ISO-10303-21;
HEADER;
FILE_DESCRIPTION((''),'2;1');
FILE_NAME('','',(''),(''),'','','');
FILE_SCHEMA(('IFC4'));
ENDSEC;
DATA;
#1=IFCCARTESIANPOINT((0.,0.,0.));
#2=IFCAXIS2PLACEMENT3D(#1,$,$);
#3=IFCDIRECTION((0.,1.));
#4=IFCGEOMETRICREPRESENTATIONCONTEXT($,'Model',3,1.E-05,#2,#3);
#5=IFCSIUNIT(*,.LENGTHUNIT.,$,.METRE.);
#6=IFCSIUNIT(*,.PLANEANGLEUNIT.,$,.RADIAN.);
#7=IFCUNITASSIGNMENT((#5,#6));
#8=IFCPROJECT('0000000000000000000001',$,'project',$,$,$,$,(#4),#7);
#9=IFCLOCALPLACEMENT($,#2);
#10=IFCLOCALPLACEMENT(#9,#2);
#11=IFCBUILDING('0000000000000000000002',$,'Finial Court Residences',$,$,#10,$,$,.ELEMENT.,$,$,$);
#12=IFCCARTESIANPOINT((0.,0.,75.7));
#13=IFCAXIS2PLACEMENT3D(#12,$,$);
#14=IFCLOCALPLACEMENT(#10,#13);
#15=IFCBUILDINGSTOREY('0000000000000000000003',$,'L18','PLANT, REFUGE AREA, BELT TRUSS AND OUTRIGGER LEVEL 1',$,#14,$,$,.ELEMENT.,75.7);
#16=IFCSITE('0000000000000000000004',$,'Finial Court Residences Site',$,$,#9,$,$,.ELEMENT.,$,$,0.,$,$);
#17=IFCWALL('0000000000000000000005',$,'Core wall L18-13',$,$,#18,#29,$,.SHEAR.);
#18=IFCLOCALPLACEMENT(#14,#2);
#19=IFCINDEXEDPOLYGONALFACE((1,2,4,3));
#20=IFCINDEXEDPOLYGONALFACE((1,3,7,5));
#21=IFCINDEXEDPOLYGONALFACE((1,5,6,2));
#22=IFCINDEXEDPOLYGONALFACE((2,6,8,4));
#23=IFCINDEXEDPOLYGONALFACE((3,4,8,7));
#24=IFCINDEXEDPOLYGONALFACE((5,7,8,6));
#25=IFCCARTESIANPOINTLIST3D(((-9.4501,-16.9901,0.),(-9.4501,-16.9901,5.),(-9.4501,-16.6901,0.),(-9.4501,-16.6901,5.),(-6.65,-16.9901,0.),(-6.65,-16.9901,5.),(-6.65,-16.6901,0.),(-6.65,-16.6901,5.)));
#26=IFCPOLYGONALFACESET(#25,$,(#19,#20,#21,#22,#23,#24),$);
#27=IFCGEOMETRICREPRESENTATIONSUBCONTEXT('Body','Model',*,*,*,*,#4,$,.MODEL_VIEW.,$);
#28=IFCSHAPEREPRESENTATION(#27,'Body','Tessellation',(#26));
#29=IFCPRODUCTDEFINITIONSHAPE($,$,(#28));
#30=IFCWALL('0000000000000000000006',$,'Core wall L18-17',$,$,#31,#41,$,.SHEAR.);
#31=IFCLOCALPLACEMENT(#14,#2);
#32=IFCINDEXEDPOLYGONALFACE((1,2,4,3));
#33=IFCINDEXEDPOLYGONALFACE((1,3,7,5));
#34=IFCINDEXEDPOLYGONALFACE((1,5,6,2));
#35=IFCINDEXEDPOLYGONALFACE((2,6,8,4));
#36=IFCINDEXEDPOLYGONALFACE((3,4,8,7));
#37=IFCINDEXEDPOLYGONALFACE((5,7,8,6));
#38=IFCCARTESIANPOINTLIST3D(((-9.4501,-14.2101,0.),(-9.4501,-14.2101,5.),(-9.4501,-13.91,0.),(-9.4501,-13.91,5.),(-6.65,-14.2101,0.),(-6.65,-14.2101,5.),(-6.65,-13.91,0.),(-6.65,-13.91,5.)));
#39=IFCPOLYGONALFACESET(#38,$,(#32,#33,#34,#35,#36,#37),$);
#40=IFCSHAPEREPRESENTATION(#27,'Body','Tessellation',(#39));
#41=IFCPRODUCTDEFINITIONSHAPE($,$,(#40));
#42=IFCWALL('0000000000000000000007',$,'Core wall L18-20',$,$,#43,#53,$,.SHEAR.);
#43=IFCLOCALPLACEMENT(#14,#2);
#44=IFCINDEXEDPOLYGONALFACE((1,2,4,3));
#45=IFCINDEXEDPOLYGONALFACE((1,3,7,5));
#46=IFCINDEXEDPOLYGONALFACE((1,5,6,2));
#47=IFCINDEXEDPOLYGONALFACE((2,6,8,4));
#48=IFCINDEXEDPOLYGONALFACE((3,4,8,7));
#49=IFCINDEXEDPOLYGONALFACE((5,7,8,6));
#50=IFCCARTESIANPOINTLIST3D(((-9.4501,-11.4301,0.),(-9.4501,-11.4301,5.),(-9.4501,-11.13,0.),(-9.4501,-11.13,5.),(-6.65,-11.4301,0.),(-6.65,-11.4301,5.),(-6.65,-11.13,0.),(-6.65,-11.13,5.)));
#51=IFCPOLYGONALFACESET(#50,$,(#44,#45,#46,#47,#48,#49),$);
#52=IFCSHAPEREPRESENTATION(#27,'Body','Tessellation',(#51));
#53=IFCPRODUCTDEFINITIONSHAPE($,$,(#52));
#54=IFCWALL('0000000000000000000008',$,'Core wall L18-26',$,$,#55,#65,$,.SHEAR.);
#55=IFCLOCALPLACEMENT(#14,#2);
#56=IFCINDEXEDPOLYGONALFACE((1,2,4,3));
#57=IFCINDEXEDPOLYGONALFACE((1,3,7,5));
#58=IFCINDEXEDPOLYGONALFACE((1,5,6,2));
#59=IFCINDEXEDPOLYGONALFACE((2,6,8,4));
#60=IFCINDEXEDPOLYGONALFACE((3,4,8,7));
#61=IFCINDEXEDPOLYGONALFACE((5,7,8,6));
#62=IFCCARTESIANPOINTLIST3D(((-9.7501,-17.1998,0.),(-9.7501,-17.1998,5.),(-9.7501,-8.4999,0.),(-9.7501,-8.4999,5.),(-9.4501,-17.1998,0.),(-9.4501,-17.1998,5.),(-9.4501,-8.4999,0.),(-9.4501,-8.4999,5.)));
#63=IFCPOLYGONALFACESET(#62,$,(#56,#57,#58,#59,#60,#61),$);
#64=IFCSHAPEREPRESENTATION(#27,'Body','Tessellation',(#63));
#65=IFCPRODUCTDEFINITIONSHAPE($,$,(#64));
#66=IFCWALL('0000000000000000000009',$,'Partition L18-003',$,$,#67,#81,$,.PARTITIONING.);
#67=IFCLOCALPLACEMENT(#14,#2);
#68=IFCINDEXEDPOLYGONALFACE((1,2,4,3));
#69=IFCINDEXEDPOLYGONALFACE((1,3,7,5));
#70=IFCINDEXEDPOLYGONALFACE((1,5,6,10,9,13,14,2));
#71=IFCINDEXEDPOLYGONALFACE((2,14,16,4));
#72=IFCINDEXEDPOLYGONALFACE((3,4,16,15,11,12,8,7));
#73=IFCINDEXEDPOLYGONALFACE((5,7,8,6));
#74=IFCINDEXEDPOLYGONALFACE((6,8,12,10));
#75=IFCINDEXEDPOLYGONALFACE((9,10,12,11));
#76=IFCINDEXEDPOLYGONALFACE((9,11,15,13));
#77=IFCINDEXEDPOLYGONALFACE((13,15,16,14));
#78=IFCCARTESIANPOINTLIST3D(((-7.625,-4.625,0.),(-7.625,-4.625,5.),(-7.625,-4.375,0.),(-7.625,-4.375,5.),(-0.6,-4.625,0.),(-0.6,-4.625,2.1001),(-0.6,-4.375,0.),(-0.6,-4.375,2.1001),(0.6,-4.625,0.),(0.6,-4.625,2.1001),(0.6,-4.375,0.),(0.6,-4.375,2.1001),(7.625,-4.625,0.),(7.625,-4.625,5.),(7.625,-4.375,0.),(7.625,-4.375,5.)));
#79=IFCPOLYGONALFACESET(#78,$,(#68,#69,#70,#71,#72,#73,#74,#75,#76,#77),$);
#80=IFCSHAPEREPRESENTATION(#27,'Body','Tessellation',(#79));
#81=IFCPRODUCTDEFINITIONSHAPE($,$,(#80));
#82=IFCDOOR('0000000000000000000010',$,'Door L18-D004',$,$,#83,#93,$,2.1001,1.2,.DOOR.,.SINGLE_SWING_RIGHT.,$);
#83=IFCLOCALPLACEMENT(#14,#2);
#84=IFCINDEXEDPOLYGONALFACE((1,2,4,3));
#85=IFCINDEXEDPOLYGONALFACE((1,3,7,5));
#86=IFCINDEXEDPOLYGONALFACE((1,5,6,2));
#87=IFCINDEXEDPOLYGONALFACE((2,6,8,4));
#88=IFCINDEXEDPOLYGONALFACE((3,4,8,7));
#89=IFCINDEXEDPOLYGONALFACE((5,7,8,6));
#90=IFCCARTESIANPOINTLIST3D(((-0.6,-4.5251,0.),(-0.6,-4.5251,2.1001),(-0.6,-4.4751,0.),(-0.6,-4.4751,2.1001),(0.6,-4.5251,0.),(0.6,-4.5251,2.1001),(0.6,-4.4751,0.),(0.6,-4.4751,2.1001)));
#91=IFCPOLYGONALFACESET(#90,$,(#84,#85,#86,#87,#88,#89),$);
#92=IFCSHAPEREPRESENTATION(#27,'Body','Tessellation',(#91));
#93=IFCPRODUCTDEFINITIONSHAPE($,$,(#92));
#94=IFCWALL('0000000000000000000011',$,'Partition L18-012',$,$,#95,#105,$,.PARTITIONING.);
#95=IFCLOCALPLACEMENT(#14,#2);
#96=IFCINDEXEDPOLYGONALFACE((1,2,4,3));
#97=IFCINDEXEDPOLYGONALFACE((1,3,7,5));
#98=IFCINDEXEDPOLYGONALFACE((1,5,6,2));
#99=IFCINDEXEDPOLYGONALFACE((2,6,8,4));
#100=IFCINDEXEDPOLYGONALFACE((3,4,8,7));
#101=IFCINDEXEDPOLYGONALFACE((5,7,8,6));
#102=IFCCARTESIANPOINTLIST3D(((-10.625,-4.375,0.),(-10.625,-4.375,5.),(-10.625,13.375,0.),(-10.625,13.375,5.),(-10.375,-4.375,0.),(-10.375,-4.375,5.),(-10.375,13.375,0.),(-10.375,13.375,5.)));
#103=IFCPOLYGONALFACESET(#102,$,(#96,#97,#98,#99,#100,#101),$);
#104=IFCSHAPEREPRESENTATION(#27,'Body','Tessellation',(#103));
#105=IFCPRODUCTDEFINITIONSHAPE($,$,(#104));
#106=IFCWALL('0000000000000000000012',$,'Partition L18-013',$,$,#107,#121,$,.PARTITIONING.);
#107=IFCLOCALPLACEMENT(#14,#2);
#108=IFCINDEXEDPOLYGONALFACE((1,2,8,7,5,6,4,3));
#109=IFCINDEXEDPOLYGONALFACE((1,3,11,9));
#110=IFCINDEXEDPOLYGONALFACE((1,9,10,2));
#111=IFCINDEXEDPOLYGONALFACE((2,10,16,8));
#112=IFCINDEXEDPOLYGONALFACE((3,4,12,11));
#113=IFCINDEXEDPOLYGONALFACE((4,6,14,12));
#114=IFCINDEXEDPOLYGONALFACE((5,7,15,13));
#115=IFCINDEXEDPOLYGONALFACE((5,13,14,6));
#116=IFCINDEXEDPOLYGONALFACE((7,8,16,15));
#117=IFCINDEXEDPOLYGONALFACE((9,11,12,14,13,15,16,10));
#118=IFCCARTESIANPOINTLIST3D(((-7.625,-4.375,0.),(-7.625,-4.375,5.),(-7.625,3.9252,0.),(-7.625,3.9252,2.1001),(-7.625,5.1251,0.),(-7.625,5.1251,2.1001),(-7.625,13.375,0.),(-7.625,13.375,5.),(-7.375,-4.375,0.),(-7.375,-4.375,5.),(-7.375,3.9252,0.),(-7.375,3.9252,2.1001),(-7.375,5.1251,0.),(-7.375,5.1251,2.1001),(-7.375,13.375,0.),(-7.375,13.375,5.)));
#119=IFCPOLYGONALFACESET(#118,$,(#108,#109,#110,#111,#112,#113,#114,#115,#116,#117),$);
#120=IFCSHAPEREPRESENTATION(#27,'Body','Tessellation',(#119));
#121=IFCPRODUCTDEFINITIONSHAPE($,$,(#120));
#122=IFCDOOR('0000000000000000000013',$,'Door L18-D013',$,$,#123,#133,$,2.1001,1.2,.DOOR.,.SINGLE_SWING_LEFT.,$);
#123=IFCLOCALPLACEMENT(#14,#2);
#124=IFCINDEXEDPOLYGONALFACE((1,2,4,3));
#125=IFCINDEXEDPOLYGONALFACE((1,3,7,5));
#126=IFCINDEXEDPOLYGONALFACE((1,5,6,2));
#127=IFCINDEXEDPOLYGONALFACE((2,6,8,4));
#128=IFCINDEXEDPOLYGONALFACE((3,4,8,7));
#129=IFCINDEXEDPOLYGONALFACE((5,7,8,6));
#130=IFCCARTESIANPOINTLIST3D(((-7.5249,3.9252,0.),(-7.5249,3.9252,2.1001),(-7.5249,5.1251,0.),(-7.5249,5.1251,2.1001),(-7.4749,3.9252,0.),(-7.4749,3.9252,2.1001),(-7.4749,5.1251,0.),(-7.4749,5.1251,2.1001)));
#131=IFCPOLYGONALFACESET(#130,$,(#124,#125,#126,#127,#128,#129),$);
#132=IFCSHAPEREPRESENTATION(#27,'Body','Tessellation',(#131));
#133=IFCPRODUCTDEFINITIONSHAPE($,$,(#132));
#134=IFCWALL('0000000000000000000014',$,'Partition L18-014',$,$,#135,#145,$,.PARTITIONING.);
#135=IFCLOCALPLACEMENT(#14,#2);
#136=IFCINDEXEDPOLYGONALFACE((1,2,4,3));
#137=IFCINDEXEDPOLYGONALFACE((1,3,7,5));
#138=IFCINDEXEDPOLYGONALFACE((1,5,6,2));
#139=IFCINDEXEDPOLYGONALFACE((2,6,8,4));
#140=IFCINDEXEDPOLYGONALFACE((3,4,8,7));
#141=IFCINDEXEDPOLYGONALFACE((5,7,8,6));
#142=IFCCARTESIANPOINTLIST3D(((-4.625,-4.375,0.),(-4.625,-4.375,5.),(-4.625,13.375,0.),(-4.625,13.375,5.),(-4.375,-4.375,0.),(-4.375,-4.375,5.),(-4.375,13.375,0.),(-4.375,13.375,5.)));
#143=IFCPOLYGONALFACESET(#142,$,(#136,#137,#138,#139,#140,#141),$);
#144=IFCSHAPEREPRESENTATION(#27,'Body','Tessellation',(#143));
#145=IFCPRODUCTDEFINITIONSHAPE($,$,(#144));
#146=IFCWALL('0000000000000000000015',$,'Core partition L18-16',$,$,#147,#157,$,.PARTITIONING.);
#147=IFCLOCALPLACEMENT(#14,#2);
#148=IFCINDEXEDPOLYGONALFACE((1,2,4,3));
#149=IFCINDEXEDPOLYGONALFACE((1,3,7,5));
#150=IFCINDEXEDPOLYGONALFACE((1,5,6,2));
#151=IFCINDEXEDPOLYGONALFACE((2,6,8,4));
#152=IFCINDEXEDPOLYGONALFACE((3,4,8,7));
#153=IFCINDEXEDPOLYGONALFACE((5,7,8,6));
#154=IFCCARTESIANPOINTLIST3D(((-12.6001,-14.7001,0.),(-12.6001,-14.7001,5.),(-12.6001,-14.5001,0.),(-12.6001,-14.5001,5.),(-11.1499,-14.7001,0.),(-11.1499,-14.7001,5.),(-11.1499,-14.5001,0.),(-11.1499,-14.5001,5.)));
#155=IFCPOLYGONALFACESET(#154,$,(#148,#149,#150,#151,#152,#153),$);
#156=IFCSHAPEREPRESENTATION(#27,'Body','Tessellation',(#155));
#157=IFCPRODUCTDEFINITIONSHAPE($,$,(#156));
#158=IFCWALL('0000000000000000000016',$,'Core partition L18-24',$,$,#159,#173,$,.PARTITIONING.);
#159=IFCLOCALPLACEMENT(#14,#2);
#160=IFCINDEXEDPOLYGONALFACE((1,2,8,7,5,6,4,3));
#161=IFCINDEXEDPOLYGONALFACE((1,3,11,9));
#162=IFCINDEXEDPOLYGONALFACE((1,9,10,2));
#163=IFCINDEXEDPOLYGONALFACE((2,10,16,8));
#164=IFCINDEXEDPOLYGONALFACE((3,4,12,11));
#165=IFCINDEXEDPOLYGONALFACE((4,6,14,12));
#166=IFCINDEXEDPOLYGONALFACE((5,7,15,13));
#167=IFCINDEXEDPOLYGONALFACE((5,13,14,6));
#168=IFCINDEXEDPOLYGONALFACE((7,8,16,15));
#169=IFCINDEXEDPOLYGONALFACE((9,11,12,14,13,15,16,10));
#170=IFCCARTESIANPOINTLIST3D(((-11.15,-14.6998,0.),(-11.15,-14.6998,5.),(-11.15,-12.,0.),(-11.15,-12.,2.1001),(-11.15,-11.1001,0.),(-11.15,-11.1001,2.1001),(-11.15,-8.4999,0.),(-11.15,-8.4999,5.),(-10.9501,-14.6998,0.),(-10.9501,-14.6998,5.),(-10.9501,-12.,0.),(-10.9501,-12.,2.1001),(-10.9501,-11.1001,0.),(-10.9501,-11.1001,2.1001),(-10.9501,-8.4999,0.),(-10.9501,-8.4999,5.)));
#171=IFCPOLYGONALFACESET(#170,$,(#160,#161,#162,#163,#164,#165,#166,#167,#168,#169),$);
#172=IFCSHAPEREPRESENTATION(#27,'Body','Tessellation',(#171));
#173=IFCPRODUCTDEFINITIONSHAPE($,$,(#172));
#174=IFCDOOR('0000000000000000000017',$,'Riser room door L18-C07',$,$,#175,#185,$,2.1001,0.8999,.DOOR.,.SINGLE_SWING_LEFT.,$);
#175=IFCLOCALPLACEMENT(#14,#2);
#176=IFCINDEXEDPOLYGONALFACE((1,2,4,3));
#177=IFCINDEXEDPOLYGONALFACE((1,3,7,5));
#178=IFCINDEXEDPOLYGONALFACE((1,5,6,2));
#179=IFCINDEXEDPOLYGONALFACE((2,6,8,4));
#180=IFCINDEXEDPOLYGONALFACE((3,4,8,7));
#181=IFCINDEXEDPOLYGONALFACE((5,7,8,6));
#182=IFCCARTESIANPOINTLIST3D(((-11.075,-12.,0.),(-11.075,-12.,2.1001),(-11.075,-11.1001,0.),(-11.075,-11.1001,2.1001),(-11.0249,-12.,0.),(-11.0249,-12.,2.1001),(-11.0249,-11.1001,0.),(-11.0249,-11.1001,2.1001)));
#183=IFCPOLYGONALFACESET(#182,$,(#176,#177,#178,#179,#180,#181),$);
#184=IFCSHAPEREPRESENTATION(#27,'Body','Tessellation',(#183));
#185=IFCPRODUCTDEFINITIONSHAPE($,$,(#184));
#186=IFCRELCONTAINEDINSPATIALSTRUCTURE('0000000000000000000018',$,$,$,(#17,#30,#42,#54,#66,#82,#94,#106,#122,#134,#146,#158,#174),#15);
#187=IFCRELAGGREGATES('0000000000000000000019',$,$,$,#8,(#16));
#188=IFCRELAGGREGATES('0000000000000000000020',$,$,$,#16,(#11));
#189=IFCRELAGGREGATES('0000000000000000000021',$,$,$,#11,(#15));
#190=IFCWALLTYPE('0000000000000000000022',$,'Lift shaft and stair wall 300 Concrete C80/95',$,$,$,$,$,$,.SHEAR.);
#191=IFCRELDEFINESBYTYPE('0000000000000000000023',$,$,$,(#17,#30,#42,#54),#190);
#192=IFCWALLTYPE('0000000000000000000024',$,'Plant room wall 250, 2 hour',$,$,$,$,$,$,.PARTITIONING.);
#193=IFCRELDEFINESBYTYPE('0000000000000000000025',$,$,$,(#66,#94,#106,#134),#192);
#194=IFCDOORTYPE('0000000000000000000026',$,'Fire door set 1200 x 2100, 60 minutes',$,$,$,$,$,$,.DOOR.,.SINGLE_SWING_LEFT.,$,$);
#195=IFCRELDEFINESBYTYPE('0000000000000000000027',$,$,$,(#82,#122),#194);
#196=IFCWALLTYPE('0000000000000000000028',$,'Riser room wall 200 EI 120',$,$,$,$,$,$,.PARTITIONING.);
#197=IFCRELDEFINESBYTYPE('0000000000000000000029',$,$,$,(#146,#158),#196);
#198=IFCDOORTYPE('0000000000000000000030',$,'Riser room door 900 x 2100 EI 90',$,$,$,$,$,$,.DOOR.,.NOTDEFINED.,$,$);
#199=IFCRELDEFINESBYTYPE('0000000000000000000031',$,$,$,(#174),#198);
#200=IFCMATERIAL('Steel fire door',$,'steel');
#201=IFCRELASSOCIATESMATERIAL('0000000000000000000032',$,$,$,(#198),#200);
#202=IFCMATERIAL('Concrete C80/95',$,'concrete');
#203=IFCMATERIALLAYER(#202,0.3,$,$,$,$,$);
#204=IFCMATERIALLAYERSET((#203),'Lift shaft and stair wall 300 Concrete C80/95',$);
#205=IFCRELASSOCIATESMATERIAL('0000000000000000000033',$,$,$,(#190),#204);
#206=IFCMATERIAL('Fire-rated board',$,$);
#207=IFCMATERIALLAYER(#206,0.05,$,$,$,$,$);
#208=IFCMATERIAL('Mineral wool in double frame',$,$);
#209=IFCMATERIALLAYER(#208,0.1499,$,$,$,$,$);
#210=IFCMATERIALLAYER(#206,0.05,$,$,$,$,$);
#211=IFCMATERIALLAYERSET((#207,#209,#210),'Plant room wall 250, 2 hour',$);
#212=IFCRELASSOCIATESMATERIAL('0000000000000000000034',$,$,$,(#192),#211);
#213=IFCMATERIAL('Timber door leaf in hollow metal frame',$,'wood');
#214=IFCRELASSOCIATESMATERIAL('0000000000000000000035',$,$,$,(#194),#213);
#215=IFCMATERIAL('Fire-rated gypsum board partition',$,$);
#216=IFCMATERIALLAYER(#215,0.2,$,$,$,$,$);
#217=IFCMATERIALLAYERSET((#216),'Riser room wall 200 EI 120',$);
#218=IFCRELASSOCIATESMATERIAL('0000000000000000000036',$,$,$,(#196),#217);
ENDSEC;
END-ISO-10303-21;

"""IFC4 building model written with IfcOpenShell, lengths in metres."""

from ifc_helpers import new_model, si_unit, direction, frame, frame_2d, origin, place, context, subcontext, project, spatial, rectangle, extrude, material, layer, layer_set, type_object, element, fill, save


model = new_model("IFC4")

# Units and contexts
model_context = context("Model", 3, precision=1e-05, world=origin(), true_north=direction((0.0, 1.0)))
body_context = subcontext(model_context, "Body", "Model", "MODEL_VIEW")
ifc_project = project(units=[si_unit("LENGTHUNIT", "METRE"), si_unit("PLANEANGLEUNIT", "RADIAN")], contexts=[model_context])

# Site, building, storey
site_placement = place(None, origin())
site = spatial("IfcSite", under=ifc_project, at=site_placement, Name="Finial Court Residences Site", CompositionType="ELEMENT", RefElevation=0.0)
building_placement = place(site_placement, origin())
building = spatial("IfcBuilding", under=site, at=building_placement, Name="Finial Court Residences", CompositionType="ELEMENT")
storey_placement = place(building_placement, frame((0.0, 0.0, 75.7)))
storey = spatial("IfcBuildingStorey", under=building, at=storey_placement, Name="L18", Description="PLANT, REFUGE AREA, BELT TRUSS AND OUTRIGGER LEVEL 1", CompositionType="ELEMENT", Elevation=75.7)

# Shared definitions
ifc_material_1 = material(Name="Concrete C80/95", Category="concrete")

# Shared definitions
ifc_material_2 = material(Name="Steel fire door", Category="steel")
door_type_1 = type_object("IfcDoorType", Name="Riser room door 900 x 2100 EI 90", OperationType="NOTDEFINED", PredefinedType="DOOR", material=ifc_material_2)

# Walls
ifc_layer_1 = layer(ifc_material_1, 0.3)
ifc_layer_set_1 = layer_set([ifc_layer_1], Name="Lift shaft and stair wall 300 Concrete C80/95")
wall_type_1 = type_object("IfcWallType", Name="Lift shaft and stair wall 300 Concrete C80/95", PredefinedType="SHEAR", material=ifc_layer_set_1)
for number, where, z_axis, x_axis, name in (
    (1, (-9.45, -16.8401, 0.0), (0.0, 0.0, 1.0), (1.0, 0.0, 0.0), "Core wall L18-13"),
    (2, (-9.45, -14.0601, 0.0), (0.0, 0.0, 1.0), (1.0, 0.0, 0.0), "Core wall L18-17"),
    (3, (-9.45, -11.28, 0.0), (0.0, 0.0, 1.0), (1.0, 0.0, 0.0), "Core wall L18-20"),
):
    element("IfcWall", number, at=place(storey_placement, frame(where, z_axis=z_axis, x_axis=x_axis)), inside=storey, type_object=wall_type_1, Name=name, PredefinedType="SHEAR", context=body_context, shape_type="SweptSolid", body=[
        extrude(rectangle(XDim=2.8, YDim=0.3, at=frame_2d((1.3999, 0.0))), origin(), (0.0, 0.0, 1.0), 5.0),
    ])
wall_1_placement = place(storey_placement, frame((-9.6001, -17.2, 0.0), z_axis=(0.0, 0.0, 1.0), x_axis=(0.0, 1.0, 0.0)))
element("IfcWall", 4, at=wall_1_placement, inside=storey, type_object=wall_type_1, Name="Core wall L18-26", PredefinedType="SHEAR", context=body_context, shape_type="SweptSolid", body=[
    extrude(rectangle(XDim=8.7, YDim=0.3, at=frame_2d((4.3501, 0.0))), origin(), (0.0, 0.0, 1.0), 5.0),
])

# Wall, opening, door
ifc_material_3 = material(Name="Fire-rated board")
ifc_layer_2 = layer(ifc_material_3, 0.05)
ifc_material_4 = material(Name="Mineral wool in double frame")
ifc_layer_3 = layer(ifc_material_4, 0.1499)
ifc_layer_4 = layer(ifc_material_3, 0.05)
ifc_layer_set_2 = layer_set([ifc_layer_2, ifc_layer_3, ifc_layer_4], Name="Plant room wall 250, 2 hour")
wall_type_2 = type_object("IfcWallType", Name="Plant room wall 250, 2 hour", PredefinedType="PARTITIONING", material=ifc_layer_set_2)
wall_2_placement = place(storey_placement, frame((-7.625, -4.5, 0.0), z_axis=(0.0, 0.0, 1.0), x_axis=(1.0, 0.0, 0.0)))
wall_2 = element("IfcWall", 5, at=wall_2_placement, inside=storey, type_object=wall_type_2, Name="Partition L18-003", PredefinedType="PARTITIONING", context=body_context, shape_type="SweptSolid", body=[
    extrude(rectangle(XDim=15.25, YDim=0.25, at=frame_2d((7.625, 0.0))), origin(), (0.0, 0.0, 1.0), 5.0),
])
opening_1_placement = place(wall_2_placement, frame((7.0249, 0.0, 0.0)))
opening_1 = element("IfcOpeningElement", 6, at=opening_1_placement, cuts=wall_2, PredefinedType="OPENING", context=body_context, shape_type="SweptSolid", body=[
    extrude(rectangle(XDim=1.2, YDim=2.1001, at=frame_2d((0.6001, 1.05))), frame((0.0, 0.135, 0.0), z_axis=(0.0, -1.0, 0.0), x_axis=(1.0, 0.0, 0.0)), (0.0, 0.0, 1.0), 0.27),
])
ifc_material_5 = material(Name="Timber door leaf in hollow metal frame", Category="wood")
door_type_2 = type_object("IfcDoorType", Name="Fire door set 1200 x 2100, 60 minutes", OperationType="SINGLE_SWING_LEFT", PredefinedType="DOOR", material=ifc_material_5)
door_1_placement = place(opening_1_placement, origin())
door_1 = element("IfcDoor", 7, at=door_1_placement, inside=storey, type_object=door_type_2, Name="Door L18-D004", OperationType="SINGLE_SWING_RIGHT", OverallHeight=2.1001, OverallWidth=1.2, PredefinedType="DOOR", context=body_context, shape_type="SweptSolid", body=[
    extrude(rectangle(XDim=1.2, YDim=2.1001, at=frame_2d((0.6001, 1.05))), frame((0.0, 0.0249, 0.0), z_axis=(0.0, -1.0, 0.0), x_axis=(1.0, 0.0, 0.0)), (0.0, 0.0, 1.0), 0.05),
])
fill(opening_1, door_1)

# Wall
wall_3_placement = place(storey_placement, frame((-10.5, -4.375, 0.0), z_axis=(0.0, 0.0, 1.0), x_axis=(0.0, 1.0, 0.0)))
element("IfcWall", 8, at=wall_3_placement, inside=storey, type_object=wall_type_2, Name="Partition L18-012", PredefinedType="PARTITIONING", context=body_context, shape_type="SweptSolid", body=[
    extrude(rectangle(XDim=17.75, YDim=0.25, at=frame_2d((8.875, 0.0))), origin(), (0.0, 0.0, 1.0), 5.0),
])

# Wall, opening, door
wall_4_placement = place(storey_placement, frame((-7.5, -4.375, 0.0), z_axis=(0.0, 0.0, 1.0), x_axis=(0.0, 1.0, 0.0)))
wall_4 = element("IfcWall", 9, at=wall_4_placement, inside=storey, type_object=wall_type_2, Name="Partition L18-013", PredefinedType="PARTITIONING", context=body_context, shape_type="SweptSolid", body=[
    extrude(rectangle(XDim=17.75, YDim=0.25, at=frame_2d((8.875, 0.0))), origin(), (0.0, 0.0, 1.0), 5.0),
])
opening_2_placement = place(wall_4_placement, frame((8.3, 0.0, 0.0)))
opening_2 = element("IfcOpeningElement", 10, at=opening_2_placement, cuts=wall_4, PredefinedType="OPENING", context=body_context, shape_type="SweptSolid", body=[
    extrude(rectangle(XDim=1.2, YDim=2.1001, at=frame_2d((0.6001, 1.05))), frame((0.0, 0.135, 0.0), z_axis=(0.0, -1.0, 0.0), x_axis=(1.0, 0.0, 0.0)), (0.0, 0.0, 1.0), 0.27),
])
door_2_placement = place(opening_2_placement, origin())
door_2 = element("IfcDoor", 11, at=door_2_placement, inside=storey, type_object=door_type_2, Name="Door L18-D013", OperationType="SINGLE_SWING_LEFT", OverallHeight=2.1001, OverallWidth=1.2, PredefinedType="DOOR", context=body_context, shape_type="SweptSolid", body=[
    extrude(rectangle(XDim=1.2, YDim=2.1001, at=frame_2d((0.6001, 1.05))), frame((0.0, 0.0249, 0.0), z_axis=(0.0, -1.0, 0.0), x_axis=(1.0, 0.0, 0.0)), (0.0, 0.0, 1.0), 0.05),
])
fill(opening_2, door_2)

# Walls
wall_5_placement = place(storey_placement, frame((-4.5, -4.375, 0.0), z_axis=(0.0, 0.0, 1.0), x_axis=(0.0, 1.0, 0.0)))
element("IfcWall", 12, at=wall_5_placement, inside=storey, type_object=wall_type_2, Name="Partition L18-014", PredefinedType="PARTITIONING", context=body_context, shape_type="SweptSolid", body=[
    extrude(rectangle(XDim=17.75, YDim=0.25, at=frame_2d((8.875, 0.0))), origin(), (0.0, 0.0, 1.0), 5.0),
])
ifc_material_6 = material(Name="Fire-rated gypsum board partition")
ifc_layer_5 = layer(ifc_material_6, 0.2)
ifc_layer_set_3 = layer_set([ifc_layer_5], Name="Riser room wall 200 EI 120")
wall_type_3 = type_object("IfcWallType", Name="Riser room wall 200 EI 120", PredefinedType="PARTITIONING", material=ifc_layer_set_3)
wall_6_placement = place(storey_placement, frame((-12.6001, -14.6001, 0.0), z_axis=(0.0, 0.0, 1.0), x_axis=(1.0, 0.0, 0.0)))
element("IfcWall", 13, at=wall_6_placement, inside=storey, type_object=wall_type_3, Name="Core partition L18-16", PredefinedType="PARTITIONING", context=body_context, shape_type="SweptSolid", body=[
    extrude(rectangle(XDim=1.4502, YDim=0.2, at=frame_2d((0.7251, 0.0))), origin(), (0.0, 0.0, 1.0), 5.0),
])

# Wall, opening, door
wall_7_placement = place(storey_placement, frame((-11.05, -14.7, 0.0), z_axis=(0.0, 0.0, 1.0), x_axis=(0.0, 1.0, 0.0)))
wall_7 = element("IfcWall", 14, at=wall_7_placement, inside=storey, type_object=wall_type_3, Name="Core partition L18-24", PredefinedType="PARTITIONING", context=body_context, shape_type="SweptSolid", body=[
    extrude(rectangle(XDim=6.2, YDim=0.2, at=frame_2d((3.1001, 0.0))), origin(), (0.0, 0.0, 1.0), 5.0),
])
opening_3_placement = place(wall_7_placement, frame((2.7, 0.0, 0.0)))
opening_3 = element("IfcOpeningElement", 15, at=opening_3_placement, cuts=wall_7, PredefinedType="OPENING", context=body_context, shape_type="SweptSolid", body=[
    extrude(rectangle(XDim=0.8999, YDim=2.1001, at=frame_2d((0.45, 1.05))), frame((0.0, 0.1099, 0.0), z_axis=(0.0, -1.0, 0.0), x_axis=(1.0, 0.0, 0.0)), (0.0, 0.0, 1.0), 0.22),
])
door_3_placement = place(opening_3_placement, origin())
door_3 = element("IfcDoor", 16, at=door_3_placement, inside=storey, type_object=door_type_1, Name="Riser room door L18-C07", OperationType="SINGLE_SWING_LEFT", OverallHeight=2.1001, OverallWidth=0.8999, PredefinedType="DOOR", context=body_context, shape_type="SweptSolid", body=[
    extrude(rectangle(XDim=0.8999, YDim=2.1001, at=frame_2d((0.45, 1.05))), frame((0.0, 0.0249, 0.0), z_axis=(0.0, -1.0, 0.0), x_axis=(1.0, 0.0, 0.0)), (0.0, 0.0, 1.0), 0.05),
])
fill(opening_3, door_3)

save(model, "model.ifc")
